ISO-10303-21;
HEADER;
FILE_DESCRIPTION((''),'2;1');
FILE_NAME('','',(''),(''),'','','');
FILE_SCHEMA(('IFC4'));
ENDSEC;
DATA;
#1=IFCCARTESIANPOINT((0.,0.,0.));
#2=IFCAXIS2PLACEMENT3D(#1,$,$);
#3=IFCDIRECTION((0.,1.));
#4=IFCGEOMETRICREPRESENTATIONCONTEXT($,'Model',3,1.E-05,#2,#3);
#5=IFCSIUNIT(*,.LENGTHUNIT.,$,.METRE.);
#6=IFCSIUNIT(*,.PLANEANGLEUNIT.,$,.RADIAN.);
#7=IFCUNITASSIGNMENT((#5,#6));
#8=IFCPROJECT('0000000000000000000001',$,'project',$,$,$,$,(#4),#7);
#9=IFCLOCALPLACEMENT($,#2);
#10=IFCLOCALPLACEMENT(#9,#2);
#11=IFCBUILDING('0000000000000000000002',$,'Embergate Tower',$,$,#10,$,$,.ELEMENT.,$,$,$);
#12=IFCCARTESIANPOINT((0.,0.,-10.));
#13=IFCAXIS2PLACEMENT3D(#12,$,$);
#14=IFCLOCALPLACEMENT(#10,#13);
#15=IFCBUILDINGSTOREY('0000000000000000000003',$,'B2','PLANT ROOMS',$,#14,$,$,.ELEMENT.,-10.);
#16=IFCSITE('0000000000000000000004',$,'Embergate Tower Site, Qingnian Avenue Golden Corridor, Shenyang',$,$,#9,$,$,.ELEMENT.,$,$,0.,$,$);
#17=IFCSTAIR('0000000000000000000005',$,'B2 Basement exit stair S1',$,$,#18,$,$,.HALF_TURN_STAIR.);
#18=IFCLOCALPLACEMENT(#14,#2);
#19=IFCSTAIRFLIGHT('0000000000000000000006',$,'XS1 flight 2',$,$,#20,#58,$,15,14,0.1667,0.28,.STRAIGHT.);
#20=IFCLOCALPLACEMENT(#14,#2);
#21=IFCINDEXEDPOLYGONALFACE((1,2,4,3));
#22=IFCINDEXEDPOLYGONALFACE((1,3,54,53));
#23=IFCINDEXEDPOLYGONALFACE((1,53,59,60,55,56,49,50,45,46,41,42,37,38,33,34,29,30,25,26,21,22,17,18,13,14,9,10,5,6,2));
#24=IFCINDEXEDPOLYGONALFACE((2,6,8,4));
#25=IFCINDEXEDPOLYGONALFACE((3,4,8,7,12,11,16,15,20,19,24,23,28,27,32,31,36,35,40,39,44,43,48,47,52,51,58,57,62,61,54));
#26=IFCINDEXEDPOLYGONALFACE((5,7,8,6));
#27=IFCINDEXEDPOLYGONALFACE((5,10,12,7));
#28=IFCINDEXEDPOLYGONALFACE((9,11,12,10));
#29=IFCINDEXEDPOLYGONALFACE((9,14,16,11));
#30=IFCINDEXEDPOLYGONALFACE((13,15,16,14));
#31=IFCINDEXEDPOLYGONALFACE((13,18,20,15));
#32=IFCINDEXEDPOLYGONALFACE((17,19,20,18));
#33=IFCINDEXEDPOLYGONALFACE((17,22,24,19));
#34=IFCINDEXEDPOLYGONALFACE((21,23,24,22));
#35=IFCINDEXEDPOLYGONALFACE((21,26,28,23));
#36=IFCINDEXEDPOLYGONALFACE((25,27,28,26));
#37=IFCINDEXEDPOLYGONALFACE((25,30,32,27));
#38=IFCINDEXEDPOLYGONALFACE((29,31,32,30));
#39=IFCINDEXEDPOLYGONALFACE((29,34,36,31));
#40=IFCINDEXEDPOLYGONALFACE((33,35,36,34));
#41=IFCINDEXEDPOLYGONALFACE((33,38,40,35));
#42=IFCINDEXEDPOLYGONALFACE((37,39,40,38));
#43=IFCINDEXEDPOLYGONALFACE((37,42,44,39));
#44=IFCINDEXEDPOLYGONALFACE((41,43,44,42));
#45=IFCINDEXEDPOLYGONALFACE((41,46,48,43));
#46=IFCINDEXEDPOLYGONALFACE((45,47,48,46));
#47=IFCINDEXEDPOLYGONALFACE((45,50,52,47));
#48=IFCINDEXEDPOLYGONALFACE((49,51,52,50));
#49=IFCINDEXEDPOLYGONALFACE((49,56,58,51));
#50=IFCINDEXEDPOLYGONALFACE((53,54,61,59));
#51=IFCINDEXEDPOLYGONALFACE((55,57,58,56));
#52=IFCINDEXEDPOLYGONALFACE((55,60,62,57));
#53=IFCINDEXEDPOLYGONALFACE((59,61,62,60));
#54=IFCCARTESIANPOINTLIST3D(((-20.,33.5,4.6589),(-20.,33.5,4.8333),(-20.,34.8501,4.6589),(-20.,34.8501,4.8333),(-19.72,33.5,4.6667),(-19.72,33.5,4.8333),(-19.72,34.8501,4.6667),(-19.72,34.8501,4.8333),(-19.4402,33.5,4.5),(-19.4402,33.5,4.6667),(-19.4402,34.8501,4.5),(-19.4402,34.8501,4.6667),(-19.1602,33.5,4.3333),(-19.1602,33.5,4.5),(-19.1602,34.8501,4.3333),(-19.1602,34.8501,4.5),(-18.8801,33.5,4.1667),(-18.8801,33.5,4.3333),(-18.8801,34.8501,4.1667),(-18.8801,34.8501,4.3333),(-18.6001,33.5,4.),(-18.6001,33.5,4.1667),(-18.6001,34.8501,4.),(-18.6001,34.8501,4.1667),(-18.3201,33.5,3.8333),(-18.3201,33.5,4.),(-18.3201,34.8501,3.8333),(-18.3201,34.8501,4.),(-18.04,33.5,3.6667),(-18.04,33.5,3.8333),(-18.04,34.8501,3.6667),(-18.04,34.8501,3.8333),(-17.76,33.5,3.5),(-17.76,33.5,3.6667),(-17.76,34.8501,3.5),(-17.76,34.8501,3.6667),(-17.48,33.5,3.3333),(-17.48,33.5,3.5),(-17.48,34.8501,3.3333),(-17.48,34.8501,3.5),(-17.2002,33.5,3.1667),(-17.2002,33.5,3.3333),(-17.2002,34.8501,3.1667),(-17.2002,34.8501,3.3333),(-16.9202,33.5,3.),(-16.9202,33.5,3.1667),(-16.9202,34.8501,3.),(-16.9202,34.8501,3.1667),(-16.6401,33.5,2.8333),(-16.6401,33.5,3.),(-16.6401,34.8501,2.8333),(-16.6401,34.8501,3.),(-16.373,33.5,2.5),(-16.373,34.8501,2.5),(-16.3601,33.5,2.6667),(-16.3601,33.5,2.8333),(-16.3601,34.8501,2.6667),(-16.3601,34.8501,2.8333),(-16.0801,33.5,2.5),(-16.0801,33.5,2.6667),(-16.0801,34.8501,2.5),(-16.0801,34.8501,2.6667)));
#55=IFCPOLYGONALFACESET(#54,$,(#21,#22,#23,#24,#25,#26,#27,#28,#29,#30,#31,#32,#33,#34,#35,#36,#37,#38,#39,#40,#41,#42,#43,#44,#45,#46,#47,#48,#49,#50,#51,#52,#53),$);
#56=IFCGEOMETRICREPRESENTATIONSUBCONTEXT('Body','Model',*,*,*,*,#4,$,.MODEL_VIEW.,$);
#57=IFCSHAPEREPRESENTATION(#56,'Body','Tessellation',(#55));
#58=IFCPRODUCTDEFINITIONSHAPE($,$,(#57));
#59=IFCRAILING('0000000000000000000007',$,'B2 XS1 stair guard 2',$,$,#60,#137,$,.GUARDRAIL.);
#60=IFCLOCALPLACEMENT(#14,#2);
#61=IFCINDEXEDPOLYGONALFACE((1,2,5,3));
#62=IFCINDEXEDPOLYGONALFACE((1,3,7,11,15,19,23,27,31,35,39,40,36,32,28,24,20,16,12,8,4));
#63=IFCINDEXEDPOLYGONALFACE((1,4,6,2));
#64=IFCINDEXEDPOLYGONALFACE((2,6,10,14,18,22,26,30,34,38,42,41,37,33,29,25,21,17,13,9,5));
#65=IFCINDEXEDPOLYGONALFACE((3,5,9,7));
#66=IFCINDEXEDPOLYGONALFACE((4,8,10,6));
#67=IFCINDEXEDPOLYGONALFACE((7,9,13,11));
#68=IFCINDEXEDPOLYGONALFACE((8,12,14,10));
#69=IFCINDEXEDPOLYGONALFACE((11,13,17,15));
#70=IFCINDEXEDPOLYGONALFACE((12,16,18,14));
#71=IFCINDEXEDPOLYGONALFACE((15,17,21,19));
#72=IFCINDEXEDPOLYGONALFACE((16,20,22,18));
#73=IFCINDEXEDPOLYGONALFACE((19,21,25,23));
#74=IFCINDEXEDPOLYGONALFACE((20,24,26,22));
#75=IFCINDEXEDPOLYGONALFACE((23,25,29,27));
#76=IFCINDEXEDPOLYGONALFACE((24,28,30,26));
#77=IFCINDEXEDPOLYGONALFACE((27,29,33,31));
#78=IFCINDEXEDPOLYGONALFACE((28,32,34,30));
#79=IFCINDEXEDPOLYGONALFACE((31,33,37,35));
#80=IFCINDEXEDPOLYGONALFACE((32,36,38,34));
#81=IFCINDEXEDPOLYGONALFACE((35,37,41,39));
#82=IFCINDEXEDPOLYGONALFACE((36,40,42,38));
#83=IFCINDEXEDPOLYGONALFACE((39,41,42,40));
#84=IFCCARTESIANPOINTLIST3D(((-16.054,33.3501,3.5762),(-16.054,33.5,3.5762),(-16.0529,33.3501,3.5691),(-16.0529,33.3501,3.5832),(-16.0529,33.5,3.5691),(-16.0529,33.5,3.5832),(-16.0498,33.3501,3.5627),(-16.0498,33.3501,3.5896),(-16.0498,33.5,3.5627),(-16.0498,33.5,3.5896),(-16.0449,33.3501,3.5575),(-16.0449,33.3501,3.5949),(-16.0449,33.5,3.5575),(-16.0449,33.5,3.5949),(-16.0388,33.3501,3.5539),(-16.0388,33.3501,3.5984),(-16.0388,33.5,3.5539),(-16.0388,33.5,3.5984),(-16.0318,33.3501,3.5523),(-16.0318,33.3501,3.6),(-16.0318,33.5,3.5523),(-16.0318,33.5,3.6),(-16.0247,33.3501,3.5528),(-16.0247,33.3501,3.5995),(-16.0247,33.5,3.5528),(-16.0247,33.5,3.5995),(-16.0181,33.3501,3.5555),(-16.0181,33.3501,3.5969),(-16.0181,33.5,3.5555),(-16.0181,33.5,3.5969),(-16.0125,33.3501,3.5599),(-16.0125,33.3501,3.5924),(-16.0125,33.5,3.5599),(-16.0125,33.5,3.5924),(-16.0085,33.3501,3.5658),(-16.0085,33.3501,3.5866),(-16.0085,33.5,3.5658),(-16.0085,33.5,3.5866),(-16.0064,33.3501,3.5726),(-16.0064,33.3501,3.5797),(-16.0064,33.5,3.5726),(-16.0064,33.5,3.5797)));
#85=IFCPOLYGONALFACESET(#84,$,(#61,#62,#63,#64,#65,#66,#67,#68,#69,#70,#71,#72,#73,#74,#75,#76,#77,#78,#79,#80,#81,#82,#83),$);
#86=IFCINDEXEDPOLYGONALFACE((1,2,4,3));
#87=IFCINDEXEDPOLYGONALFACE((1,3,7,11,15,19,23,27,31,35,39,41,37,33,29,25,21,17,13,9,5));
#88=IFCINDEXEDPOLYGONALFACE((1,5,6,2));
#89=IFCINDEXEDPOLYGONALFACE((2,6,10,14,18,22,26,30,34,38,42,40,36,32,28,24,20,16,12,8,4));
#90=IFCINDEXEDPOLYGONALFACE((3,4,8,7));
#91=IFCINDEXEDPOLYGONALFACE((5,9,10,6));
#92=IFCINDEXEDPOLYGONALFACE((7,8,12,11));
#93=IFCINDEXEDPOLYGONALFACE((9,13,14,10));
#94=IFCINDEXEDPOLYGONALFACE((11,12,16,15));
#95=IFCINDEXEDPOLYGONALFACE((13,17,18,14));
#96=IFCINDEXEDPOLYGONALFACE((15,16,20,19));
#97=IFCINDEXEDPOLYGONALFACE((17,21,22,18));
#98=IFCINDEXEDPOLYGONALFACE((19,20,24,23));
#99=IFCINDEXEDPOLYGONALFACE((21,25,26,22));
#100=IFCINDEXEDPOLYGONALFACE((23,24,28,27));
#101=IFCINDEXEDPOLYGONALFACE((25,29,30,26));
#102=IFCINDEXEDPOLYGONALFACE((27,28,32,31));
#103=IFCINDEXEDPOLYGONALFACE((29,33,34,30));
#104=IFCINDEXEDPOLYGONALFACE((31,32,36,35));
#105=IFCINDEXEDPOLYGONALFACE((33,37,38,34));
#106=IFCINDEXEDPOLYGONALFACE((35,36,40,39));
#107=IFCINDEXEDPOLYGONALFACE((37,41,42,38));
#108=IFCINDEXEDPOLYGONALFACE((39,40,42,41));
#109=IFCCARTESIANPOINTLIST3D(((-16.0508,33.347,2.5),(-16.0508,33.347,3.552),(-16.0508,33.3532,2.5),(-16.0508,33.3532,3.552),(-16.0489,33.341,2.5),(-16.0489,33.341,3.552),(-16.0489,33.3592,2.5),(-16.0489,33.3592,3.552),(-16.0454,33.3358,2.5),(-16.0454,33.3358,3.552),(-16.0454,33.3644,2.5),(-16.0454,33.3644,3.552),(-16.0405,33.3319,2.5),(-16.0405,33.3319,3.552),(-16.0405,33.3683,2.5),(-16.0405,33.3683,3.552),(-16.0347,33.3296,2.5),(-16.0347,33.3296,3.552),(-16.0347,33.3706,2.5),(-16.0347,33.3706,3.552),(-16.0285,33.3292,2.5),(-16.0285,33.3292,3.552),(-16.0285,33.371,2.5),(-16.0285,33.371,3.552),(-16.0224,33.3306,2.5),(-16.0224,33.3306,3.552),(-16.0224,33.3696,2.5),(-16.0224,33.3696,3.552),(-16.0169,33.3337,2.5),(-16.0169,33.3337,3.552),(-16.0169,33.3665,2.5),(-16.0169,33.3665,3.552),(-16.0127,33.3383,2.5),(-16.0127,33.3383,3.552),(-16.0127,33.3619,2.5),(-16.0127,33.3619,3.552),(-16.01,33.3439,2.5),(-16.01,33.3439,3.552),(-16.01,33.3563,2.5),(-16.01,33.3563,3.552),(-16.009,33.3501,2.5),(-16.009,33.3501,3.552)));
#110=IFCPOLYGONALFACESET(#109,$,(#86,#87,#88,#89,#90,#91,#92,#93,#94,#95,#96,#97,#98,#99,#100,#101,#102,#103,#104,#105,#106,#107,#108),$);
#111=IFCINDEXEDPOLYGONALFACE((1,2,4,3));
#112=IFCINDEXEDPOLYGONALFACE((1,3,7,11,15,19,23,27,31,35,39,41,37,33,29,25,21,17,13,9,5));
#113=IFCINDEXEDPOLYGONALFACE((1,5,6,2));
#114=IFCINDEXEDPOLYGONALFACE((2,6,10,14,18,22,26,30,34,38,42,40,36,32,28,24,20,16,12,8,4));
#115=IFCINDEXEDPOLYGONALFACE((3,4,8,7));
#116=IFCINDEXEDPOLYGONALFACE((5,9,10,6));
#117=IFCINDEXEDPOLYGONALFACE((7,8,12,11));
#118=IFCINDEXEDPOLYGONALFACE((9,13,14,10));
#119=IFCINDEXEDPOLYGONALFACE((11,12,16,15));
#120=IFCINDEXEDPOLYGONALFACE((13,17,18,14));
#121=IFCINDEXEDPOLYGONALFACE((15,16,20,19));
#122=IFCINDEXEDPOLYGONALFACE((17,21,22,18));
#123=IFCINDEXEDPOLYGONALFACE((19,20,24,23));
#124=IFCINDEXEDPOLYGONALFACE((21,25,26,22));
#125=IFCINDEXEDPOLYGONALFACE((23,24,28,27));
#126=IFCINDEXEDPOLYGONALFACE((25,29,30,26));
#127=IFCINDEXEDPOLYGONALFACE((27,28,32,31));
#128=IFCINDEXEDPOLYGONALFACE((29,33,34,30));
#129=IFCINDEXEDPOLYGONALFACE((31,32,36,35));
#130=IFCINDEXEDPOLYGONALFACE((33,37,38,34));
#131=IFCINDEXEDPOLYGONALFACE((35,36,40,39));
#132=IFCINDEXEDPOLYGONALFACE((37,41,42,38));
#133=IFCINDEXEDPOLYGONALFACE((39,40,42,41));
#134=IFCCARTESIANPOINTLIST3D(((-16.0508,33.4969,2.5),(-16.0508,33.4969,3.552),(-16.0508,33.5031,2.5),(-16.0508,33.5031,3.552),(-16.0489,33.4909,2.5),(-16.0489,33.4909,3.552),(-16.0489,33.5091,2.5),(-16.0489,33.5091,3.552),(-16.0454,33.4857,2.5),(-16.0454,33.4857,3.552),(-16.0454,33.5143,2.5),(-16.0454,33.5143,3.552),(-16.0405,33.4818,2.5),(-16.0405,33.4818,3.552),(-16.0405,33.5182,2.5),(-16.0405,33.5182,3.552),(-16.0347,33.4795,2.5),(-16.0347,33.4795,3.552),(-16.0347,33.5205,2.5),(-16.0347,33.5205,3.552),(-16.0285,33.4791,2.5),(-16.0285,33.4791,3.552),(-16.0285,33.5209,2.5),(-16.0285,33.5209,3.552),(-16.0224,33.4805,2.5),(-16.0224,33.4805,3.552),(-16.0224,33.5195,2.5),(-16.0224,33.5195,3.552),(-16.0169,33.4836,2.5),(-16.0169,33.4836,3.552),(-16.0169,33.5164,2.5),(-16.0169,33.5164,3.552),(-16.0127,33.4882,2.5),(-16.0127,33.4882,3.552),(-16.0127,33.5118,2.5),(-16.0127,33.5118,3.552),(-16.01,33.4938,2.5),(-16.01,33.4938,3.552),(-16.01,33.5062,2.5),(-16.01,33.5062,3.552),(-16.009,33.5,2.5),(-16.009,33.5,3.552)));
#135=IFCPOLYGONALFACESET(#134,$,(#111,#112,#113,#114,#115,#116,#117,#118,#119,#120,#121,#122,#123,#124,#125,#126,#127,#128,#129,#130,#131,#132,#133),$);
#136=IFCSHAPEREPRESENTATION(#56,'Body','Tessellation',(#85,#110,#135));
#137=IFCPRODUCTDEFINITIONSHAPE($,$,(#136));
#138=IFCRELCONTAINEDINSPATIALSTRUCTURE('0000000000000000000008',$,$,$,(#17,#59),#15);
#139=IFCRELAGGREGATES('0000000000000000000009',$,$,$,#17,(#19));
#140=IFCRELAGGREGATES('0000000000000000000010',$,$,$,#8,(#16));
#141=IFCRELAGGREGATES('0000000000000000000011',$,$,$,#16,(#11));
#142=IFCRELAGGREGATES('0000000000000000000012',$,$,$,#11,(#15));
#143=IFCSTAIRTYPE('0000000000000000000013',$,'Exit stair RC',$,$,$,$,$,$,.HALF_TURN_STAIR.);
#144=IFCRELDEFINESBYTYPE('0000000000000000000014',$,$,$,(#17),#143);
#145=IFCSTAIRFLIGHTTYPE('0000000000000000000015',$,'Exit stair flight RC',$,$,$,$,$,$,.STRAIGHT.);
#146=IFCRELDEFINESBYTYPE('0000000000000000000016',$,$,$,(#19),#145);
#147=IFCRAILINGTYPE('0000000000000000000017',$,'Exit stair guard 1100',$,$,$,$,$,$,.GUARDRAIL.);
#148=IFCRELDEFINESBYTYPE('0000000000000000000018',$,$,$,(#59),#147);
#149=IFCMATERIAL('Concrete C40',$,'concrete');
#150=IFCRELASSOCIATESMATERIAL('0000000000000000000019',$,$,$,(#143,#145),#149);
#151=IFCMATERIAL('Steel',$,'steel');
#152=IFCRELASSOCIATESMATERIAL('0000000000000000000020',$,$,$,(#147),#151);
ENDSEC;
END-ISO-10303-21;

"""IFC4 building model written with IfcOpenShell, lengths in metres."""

from ifc_helpers import new_model, si_unit, direction, frame, origin, origin_2d, place, context, subcontext, project, spatial, polyline, circle, outline, extrude, source, transform, mapped, material, type_object, element, aggregate, save


model = new_model("IFC4")

# Units and contexts
model_context = context("Model", 3, precision=1e-05, world=origin(), true_north=direction((0.0, 1.0)))
body_context = subcontext(model_context, "Body", "Model", "MODEL_VIEW")
ifc_project = project(units=[si_unit("LENGTHUNIT", "METRE"), si_unit("PLANEANGLEUNIT", "RADIAN")], contexts=[model_context])

# Site, building, storey
site_placement = place(None, origin())
site = spatial("IfcSite", under=ifc_project, at=site_placement, Name="Embergate Tower Site, Qingnian Avenue Golden Corridor, Shenyang", CompositionType="ELEMENT", RefElevation=0.0)
building_placement = place(site_placement, origin())
building = spatial("IfcBuilding", under=site, at=building_placement, Name="Embergate Tower", CompositionType="ELEMENT")
storey_placement = place(building_placement, frame((0.0, 0.0, -10.0)))
storey = spatial("IfcBuildingStorey", under=building, at=storey_placement, Name="B2", Description="PLANT ROOMS", CompositionType="ELEMENT", Elevation=-10.0)

# Shared definitions
ifc_material_1 = material(Name="Concrete C40", Category="concrete")

# Stair
stair_type = type_object("IfcStairType", Name="Exit stair RC", PredefinedType="HALF_TURN_STAIR", material=ifc_material_1)
stair_placement = place(storey_placement, origin())
stair = element("IfcStair", 1, at=stair_placement, inside=storey, type_object=stair_type, Name="B2 Basement exit stair S1", PredefinedType="HALF_TURN_STAIR")

# Stair flight
stair_flight_type = type_object("IfcStairFlightType", Name="Exit stair flight RC", PredefinedType="STRAIGHT", material=ifc_material_1)
shared_shape_1 = source(origin(), body_context, "Body", "SweptSolid", [
    extrude(outline(polyline([(0.0, 0.0), (0.0, 0.1667), (0.28, 0.1667), (0.28, 0.3333), (0.5601, 0.3333), (0.5601, 0.5), (0.8401, 0.5), (0.8401, 0.6667), (1.1201, 0.6667), (1.1201, 0.8333), (1.3999, 0.8333), (1.3999, 1.0), (1.6799, 1.0), (1.6799, 1.1667), (1.96, 1.1667), (1.96, 1.3333), (2.24, 1.3333), (2.24, 1.5), (2.52, 1.5), (2.52, 1.6667), (2.8, 1.6667), (2.8, 1.8333), (3.0801, 1.8333), (3.0801, 2.0), (3.3601, 2.0), (3.3601, 2.1667), (3.6399, 2.1667), (3.6399, 2.3333), (3.9199, 2.3333), (3.9199, 2.5), (3.9199, 2.1589), (0.293, 0.0), (0.0, 0.0)])), frame((0.0, 0.675, 0.0), z_axis=(0.0, -1.0, 0.0), x_axis=(1.0, 0.0, 0.0)), (0.0, 0.0, 1.0), 1.3501),
])
stair_flight_1_placement = place(storey_placement, frame((-16.0801, 34.175, 2.5), z_axis=(0.0, 0.0, 1.0), x_axis=(-1.0, 0.0, 0.0)))
stair_flight_1 = element("IfcStairFlight", 2, at=stair_flight_1_placement, type_object=stair_flight_type, Name="XS1 flight 2", NumberOfRisers=15, NumberOfTreads=14, PredefinedType="STRAIGHT", RiserHeight=0.1667, TreadLength=0.28, context=body_context, shape_type="MappedRepresentation", body=[
    mapped(shared_shape_1, transform((0.0, 0.0, 0.0))),
])
aggregate(stair, [stair_flight_1])

# Railing
ifc_material_2 = material(Name="Steel", Category="steel")
railing_type_1 = type_object("IfcRailingType", Name="Exit stair guard 1100", PredefinedType="GUARDRAIL", material=ifc_material_2)
shared_shape_2 = source(origin(), body_context, "Body", "SweptSolid", [
    extrude(circle(Radius=0.0239, at=origin_2d()), frame((0.0, 0.0, 1.0762), z_axis=(0.0, 1.0, 0.0), x_axis=(-1.0, 0.0, 0.0)), (0.0, 0.0, 1.0), 0.1499),
    extrude(circle(Radius=0.021, at=origin_2d()), origin(), (0.0, 0.0, 1.0), 1.052),
    extrude(circle(Radius=0.021, at=origin_2d()), frame((0.0, 0.1499, 0.0)), (0.0, 0.0, 1.0), 1.052),
])
for number, where, name in (
    (3, (-16.03, 33.3501, 2.5), "B2 XS1 stair guard 2"),
):
    element("IfcRailing", number, at=place(storey_placement, frame(where)), inside=storey, type_object=railing_type_1, Name=name, PredefinedType="GUARDRAIL", context=body_context, shape_type="MappedRepresentation", body=[
        mapped(shared_shape_2, transform((0.0, 0.0, 0.0))),
    ])

save(model, "model.ifc")
